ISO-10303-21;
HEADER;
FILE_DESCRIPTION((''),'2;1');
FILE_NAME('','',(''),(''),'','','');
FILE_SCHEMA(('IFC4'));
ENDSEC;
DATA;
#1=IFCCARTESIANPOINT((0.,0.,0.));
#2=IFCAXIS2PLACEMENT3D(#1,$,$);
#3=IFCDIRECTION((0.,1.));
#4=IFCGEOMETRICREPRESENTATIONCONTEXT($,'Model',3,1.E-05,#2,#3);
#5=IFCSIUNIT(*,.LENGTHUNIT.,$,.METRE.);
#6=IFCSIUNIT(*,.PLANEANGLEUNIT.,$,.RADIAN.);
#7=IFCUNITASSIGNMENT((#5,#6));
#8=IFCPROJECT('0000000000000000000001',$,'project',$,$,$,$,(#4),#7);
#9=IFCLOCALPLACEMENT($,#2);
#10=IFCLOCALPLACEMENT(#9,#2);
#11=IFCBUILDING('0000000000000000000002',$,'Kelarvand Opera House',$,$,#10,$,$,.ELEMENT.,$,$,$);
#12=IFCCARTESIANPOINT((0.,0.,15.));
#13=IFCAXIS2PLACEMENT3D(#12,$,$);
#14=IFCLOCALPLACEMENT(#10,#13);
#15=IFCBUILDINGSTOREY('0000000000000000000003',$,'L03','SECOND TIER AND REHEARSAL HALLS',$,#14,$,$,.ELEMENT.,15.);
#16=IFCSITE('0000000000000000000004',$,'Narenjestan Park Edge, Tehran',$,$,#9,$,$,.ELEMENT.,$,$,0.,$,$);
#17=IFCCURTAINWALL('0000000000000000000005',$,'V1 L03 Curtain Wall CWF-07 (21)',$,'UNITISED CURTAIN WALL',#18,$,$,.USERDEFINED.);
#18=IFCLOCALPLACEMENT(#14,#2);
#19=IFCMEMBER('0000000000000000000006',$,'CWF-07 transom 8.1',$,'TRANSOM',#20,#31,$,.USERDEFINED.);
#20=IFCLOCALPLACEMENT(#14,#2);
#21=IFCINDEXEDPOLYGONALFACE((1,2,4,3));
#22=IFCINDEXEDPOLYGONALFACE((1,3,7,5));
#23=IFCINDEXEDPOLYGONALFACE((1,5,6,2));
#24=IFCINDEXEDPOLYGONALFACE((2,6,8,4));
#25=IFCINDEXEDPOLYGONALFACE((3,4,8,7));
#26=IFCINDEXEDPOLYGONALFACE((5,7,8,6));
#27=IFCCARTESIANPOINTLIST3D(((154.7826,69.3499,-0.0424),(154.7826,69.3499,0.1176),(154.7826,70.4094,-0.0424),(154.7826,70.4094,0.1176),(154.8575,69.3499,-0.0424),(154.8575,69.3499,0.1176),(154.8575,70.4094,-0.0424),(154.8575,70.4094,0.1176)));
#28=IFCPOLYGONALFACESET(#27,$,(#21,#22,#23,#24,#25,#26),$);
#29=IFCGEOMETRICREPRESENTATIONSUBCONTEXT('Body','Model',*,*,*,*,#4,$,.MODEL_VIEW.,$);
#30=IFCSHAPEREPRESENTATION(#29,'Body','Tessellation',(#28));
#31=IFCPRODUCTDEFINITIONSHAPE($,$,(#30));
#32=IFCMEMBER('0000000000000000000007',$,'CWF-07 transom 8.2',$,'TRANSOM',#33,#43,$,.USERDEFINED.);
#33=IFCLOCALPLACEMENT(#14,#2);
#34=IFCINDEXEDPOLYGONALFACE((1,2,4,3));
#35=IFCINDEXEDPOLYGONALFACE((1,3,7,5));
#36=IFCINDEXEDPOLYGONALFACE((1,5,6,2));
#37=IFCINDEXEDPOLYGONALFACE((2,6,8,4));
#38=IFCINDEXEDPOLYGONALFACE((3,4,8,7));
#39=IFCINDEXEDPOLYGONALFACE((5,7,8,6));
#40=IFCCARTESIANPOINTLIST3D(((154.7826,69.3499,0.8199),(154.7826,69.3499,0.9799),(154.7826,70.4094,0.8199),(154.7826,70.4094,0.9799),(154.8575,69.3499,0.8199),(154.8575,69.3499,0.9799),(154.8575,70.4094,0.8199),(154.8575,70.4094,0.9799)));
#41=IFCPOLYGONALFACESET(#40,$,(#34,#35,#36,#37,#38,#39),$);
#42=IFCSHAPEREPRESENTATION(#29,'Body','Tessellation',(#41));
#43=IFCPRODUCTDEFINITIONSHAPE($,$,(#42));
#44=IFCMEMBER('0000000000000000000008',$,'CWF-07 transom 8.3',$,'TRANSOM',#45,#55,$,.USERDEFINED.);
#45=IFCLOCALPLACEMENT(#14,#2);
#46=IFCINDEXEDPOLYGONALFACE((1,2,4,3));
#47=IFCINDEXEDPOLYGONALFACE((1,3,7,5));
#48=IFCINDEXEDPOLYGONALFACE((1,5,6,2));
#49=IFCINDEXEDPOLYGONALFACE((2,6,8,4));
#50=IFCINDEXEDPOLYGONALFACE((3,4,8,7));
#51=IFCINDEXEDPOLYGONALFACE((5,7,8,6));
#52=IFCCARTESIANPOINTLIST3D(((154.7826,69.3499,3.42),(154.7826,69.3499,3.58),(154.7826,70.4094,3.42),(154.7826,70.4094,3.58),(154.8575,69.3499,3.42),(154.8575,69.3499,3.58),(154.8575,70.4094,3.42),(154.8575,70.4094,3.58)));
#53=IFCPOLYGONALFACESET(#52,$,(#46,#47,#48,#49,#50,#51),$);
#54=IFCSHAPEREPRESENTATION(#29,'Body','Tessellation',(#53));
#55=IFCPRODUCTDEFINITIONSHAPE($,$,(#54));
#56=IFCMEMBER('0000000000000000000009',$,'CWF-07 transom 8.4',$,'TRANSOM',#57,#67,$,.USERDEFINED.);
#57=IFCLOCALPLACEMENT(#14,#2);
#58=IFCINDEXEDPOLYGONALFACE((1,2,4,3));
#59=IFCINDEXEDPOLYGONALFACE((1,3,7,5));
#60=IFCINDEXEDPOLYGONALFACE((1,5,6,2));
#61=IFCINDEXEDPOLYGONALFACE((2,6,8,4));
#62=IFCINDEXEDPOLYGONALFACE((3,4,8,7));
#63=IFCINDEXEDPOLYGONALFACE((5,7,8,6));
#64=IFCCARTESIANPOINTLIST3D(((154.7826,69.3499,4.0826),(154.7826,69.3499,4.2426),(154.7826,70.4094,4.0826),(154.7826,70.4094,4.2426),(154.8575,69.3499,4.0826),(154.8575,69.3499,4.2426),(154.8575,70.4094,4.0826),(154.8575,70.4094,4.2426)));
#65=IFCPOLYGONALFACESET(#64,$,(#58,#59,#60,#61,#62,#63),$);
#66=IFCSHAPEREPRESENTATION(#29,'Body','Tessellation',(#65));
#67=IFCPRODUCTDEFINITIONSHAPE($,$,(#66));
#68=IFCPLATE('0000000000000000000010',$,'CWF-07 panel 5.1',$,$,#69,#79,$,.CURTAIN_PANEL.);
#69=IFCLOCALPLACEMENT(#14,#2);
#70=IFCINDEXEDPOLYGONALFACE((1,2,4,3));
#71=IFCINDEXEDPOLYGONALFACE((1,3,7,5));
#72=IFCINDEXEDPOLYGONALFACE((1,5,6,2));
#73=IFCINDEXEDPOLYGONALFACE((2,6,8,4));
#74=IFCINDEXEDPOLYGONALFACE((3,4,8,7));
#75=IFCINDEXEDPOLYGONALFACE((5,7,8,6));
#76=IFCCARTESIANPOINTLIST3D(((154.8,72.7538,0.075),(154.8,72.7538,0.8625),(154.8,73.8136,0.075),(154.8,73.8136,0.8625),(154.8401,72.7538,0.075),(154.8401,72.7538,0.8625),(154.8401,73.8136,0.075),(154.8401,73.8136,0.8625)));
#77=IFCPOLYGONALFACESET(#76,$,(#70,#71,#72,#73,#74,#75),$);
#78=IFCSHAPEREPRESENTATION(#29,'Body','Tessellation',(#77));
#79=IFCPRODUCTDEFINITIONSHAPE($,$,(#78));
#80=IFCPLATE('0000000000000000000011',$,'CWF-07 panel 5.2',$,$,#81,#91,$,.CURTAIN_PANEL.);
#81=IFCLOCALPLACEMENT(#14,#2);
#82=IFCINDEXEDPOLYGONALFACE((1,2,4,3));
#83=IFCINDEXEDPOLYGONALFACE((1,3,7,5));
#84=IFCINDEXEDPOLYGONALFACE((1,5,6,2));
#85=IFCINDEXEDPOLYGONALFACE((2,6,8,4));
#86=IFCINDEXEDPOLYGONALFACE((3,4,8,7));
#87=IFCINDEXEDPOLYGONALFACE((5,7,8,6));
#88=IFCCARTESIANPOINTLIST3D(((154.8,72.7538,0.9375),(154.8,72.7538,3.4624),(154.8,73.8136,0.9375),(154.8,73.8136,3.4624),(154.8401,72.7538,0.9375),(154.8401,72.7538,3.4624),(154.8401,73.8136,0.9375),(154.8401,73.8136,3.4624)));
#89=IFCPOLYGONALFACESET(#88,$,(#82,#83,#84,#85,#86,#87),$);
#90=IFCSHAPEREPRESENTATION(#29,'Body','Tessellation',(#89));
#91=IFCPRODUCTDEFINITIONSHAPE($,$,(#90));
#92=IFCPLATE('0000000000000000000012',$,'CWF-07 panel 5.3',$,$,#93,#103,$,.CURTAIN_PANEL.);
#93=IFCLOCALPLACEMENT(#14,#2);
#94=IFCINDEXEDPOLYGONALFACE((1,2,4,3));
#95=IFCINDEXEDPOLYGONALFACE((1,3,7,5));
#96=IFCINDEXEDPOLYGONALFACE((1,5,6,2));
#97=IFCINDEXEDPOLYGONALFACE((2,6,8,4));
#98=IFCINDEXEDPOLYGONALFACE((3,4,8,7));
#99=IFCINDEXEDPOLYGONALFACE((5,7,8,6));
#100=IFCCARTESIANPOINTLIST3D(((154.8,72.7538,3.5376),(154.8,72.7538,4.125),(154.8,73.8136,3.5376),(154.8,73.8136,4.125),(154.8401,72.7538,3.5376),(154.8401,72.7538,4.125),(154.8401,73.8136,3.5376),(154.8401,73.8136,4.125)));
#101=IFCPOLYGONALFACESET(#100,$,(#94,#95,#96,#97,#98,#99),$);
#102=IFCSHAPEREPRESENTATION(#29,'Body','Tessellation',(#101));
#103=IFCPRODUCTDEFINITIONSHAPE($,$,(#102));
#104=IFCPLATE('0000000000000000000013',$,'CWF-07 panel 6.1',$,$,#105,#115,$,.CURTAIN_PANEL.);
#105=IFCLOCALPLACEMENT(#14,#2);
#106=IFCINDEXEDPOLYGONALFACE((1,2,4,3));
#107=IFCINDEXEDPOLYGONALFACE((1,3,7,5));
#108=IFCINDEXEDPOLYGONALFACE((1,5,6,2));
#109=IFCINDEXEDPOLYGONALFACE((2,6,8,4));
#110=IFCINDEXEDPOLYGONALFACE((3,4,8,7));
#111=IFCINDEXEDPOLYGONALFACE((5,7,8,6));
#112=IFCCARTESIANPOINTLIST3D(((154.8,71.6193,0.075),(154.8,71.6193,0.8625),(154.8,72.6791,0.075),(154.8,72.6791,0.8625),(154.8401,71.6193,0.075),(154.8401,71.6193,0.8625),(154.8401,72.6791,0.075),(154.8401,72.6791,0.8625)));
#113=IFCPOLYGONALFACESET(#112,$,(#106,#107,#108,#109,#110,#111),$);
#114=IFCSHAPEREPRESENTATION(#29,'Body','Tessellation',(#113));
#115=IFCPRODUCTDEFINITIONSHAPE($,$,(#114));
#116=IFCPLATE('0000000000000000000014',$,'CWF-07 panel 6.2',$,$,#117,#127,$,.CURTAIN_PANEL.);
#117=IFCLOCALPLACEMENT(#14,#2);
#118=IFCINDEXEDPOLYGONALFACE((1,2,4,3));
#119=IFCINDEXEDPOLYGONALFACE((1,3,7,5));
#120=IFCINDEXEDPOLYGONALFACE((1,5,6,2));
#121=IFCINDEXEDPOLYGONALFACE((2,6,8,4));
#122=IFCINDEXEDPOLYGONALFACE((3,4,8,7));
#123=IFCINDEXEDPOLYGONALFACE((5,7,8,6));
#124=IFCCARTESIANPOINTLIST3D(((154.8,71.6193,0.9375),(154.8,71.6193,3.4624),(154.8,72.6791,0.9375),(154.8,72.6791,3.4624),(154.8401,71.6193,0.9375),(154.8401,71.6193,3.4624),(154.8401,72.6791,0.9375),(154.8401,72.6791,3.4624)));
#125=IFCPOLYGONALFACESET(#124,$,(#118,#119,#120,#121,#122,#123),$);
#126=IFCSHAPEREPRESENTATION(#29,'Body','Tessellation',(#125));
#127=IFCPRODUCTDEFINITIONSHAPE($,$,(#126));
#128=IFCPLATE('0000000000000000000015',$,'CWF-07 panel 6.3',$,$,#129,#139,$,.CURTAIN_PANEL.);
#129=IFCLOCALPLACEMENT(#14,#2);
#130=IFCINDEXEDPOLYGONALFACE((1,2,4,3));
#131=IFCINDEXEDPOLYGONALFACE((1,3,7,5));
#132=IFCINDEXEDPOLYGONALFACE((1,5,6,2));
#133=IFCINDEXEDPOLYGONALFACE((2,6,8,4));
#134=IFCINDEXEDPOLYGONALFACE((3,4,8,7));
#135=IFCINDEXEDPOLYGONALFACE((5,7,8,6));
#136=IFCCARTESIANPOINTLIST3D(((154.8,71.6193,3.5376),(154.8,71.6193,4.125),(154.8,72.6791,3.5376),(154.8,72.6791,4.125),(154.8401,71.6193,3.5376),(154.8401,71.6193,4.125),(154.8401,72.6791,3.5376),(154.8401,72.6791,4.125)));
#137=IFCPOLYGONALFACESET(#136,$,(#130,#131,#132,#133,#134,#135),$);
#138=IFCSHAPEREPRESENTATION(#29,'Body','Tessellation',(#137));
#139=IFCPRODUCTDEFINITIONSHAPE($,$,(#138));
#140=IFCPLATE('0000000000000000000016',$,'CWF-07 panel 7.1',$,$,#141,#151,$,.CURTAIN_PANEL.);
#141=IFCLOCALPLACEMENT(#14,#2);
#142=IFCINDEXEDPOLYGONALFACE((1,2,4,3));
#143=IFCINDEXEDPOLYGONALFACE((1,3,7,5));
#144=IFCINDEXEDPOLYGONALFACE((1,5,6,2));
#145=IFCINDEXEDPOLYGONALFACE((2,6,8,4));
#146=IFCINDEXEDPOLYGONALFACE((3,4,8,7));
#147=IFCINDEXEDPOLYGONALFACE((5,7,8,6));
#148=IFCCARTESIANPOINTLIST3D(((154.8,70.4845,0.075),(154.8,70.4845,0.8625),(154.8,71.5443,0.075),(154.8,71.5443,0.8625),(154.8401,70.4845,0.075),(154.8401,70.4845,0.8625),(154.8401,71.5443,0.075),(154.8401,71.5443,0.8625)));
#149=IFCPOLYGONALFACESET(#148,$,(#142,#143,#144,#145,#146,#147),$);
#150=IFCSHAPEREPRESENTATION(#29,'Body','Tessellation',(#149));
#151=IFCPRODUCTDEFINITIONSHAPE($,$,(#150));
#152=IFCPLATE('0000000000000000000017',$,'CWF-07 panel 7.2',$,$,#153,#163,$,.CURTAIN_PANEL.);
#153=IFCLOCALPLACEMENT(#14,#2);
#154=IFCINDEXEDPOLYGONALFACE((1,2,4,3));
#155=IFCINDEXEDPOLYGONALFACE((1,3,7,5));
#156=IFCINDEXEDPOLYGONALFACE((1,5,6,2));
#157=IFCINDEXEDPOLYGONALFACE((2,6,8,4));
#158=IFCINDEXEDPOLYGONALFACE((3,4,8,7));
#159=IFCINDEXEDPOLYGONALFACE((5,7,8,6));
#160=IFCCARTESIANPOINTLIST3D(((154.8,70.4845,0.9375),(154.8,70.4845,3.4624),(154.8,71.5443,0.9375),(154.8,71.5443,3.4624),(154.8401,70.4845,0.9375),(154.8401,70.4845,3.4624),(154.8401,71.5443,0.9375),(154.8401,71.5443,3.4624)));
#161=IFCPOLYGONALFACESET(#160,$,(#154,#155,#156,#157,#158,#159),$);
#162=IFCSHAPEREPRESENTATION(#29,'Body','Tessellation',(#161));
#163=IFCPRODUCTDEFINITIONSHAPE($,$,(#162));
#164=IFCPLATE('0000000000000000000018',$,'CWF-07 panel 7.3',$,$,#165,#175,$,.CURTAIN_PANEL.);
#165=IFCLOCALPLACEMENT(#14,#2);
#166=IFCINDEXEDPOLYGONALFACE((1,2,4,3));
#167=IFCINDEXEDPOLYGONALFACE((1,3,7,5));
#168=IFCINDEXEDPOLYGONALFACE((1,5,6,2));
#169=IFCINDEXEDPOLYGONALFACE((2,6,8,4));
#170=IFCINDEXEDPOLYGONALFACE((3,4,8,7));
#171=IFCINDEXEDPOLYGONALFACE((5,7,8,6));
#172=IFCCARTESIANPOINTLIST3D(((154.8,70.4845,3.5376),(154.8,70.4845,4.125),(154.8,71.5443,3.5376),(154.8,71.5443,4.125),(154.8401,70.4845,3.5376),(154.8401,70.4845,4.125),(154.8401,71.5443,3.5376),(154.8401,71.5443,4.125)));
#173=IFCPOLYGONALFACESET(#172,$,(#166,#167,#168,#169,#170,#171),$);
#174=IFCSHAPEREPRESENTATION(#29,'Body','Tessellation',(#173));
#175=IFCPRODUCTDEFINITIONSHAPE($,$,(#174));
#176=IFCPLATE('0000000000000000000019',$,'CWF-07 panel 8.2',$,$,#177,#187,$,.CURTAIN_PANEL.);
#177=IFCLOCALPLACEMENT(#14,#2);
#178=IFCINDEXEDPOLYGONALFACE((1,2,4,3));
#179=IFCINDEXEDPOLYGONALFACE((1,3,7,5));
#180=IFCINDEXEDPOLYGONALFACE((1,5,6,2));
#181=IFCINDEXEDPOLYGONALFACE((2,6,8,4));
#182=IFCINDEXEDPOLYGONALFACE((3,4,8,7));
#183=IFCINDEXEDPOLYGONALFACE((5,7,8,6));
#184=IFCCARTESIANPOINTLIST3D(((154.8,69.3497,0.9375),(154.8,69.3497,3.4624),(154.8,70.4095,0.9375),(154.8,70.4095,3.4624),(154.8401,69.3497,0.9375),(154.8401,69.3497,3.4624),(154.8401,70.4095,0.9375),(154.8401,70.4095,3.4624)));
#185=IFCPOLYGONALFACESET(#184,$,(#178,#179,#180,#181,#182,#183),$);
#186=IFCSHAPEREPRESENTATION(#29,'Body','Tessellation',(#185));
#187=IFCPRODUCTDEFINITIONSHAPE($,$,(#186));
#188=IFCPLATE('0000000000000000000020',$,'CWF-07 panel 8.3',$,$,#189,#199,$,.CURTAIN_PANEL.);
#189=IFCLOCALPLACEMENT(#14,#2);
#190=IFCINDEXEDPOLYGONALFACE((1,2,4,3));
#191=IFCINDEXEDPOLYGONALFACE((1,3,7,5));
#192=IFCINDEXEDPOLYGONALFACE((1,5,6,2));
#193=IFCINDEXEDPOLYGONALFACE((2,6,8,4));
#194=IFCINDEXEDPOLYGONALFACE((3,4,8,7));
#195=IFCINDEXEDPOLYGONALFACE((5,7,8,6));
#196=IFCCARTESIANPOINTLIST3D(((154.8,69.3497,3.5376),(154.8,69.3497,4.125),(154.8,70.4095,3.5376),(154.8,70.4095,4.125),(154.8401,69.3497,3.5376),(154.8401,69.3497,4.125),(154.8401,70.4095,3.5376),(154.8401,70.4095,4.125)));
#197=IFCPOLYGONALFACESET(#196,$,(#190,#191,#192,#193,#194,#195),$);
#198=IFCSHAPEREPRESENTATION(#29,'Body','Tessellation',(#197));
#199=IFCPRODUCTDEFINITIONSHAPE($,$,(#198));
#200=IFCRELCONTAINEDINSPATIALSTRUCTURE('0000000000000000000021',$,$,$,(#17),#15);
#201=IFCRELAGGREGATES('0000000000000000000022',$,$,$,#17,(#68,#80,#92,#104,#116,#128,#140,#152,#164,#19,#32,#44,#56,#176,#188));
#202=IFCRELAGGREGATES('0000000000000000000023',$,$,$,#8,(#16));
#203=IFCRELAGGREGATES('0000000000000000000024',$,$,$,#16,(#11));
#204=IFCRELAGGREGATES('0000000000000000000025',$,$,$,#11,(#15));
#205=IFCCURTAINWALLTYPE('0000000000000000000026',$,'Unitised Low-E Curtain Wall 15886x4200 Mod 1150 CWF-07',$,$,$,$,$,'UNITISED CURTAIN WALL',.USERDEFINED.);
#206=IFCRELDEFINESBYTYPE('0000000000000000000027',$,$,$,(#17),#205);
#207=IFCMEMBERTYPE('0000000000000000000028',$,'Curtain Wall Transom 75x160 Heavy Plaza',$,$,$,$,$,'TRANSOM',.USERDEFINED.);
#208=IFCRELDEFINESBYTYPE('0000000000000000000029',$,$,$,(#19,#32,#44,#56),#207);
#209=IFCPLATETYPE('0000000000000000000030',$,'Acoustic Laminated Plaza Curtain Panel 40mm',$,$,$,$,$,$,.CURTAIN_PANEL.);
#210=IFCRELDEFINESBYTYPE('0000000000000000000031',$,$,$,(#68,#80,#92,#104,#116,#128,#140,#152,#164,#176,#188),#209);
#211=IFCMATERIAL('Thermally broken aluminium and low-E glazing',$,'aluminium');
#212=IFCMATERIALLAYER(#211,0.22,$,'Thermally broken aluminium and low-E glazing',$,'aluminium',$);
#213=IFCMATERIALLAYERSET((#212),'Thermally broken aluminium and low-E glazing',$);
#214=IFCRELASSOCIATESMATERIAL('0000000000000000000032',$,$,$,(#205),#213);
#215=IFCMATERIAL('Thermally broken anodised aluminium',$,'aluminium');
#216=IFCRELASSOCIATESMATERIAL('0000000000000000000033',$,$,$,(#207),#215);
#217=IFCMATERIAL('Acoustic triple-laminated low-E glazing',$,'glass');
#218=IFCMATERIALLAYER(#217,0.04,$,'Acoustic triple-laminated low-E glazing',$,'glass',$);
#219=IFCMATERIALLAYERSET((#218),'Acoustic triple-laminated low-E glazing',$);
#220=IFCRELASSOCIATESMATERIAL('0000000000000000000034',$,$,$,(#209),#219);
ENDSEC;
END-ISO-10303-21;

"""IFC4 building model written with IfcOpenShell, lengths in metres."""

from ifc_helpers import new_model, si_unit, direction, frame, origin, origin_2d, place, context, subcontext, project, spatial, rectangle, extrude, material, layer, layer_set, material_profile, profile_set, type_object, element, aggregate, save


model = new_model("IFC4")

# Units and contexts
model_context = context("Model", 3, precision=1e-05, world=origin(), true_north=direction((0.0, 1.0)))
body_context = subcontext(model_context, "Body", "Model", "MODEL_VIEW")
ifc_project = project(units=[si_unit("LENGTHUNIT", "METRE"), si_unit("PLANEANGLEUNIT", "RADIAN")], contexts=[model_context])

# Site, building, storey
site_placement = place(None, origin())
site = spatial("IfcSite", under=ifc_project, at=site_placement, Name="Narenjestan Park Edge, Tehran", CompositionType="ELEMENT", RefElevation=0.0)
building_placement = place(site_placement, origin())
building = spatial("IfcBuilding", under=site, at=building_placement, Name="Kelarvand Opera House", CompositionType="ELEMENT")
storey_placement = place(building_placement, frame((0.0, 0.0, 15.0)))
storey = spatial("IfcBuildingStorey", under=building, at=storey_placement, Name="L03", Description="SECOND TIER AND REHEARSAL HALLS", CompositionType="ELEMENT", Elevation=15.0)

# Curtain wall, members, plates
ifc_material_1 = material(Name="Thermally broken aluminium and low-E glazing", Category="aluminium")
ifc_layer_1 = layer(ifc_material_1, 0.22, Name="Thermally broken aluminium and low-E glazing", Category="aluminium")
ifc_layer_set_1 = layer_set([ifc_layer_1], Name="Thermally broken aluminium and low-E glazing")
curtain_wall_type = type_object("IfcCurtainWallType", Name="Unitised Low-E Curtain Wall 15886x4200 Mod 1150 CWF-07", ElementType="UNITISED CURTAIN WALL", PredefinedType="USERDEFINED", material=ifc_layer_set_1)
curtain_wall_placement = place(storey_placement, origin())
curtain_wall = element("IfcCurtainWall", 1, at=curtain_wall_placement, inside=storey, type_object=curtain_wall_type, Name="V1 L03 Curtain Wall CWF-07 (21)", ObjectType="UNITISED CURTAIN WALL", PredefinedType="USERDEFINED")
ifc_material_2 = material(Name="Thermally broken anodised aluminium", Category="aluminium")
ifc_material_profile_1 = material_profile(ifc_material_2, rectangle(XDim=0.075, YDim=0.1599, at=origin_2d()), Name="ALU TRANSOM 75x160", Category="aluminium")
ifc_profile_set_1 = profile_set([ifc_material_profile_1], Name="Thermally broken anodised aluminium")
member_type_1 = type_object("IfcMemberType", Name="Curtain Wall Transom 75x160 Heavy Plaza", ElementType="TRANSOM", PredefinedType="USERDEFINED", material=ifc_profile_set_1)
member_1_placement = place(storey_placement, frame((154.8201, 70.4094, 0.0376), z_axis=(0.0, -1.0, 0.0), x_axis=(1.0, 0.0, 0.0)))
member_1 = element("IfcMember", 2, at=member_1_placement, type_object=member_type_1, Name="CWF-07 transom 8.1", ObjectType="TRANSOM", PredefinedType="USERDEFINED", context=body_context, shape_type="SweptSolid", body=[
    extrude(rectangle(XDim=0.075, YDim=0.1599, at=origin_2d()), origin(), (0.0, 0.0, 1.0), 1.0596),
])
member_2_placement = place(storey_placement, frame((154.8201, 70.4094, 0.8999), z_axis=(0.0, -1.0, 0.0), x_axis=(1.0, 0.0, 0.0)))
member_2 = element("IfcMember", 3, at=member_2_placement, type_object=member_type_1, Name="CWF-07 transom 8.2", ObjectType="TRANSOM", PredefinedType="USERDEFINED", context=body_context, shape_type="SweptSolid", body=[
    extrude(rectangle(XDim=0.075, YDim=0.1599, at=origin_2d()), origin(), (0.0, 0.0, 1.0), 1.0596),
])
member_3_placement = place(storey_placement, frame((154.8201, 70.4094, 3.5), z_axis=(0.0, -1.0, 0.0), x_axis=(1.0, 0.0, 0.0)))
member_3 = element("IfcMember", 4, at=member_3_placement, type_object=member_type_1, Name="CWF-07 transom 8.3", ObjectType="TRANSOM", PredefinedType="USERDEFINED", context=body_context, shape_type="SweptSolid", body=[
    extrude(rectangle(XDim=0.075, YDim=0.1599, at=origin_2d()), origin(), (0.0, 0.0, 1.0), 1.0596),
])
member_4_placement = place(storey_placement, frame((154.8201, 70.4094, 4.1626), z_axis=(0.0, -1.0, 0.0), x_axis=(1.0, 0.0, 0.0)))
member_4 = element("IfcMember", 5, at=member_4_placement, type_object=member_type_1, Name="CWF-07 transom 8.4", ObjectType="TRANSOM", PredefinedType="USERDEFINED", context=body_context, shape_type="SweptSolid", body=[
    extrude(rectangle(XDim=0.075, YDim=0.1599, at=origin_2d()), origin(), (0.0, 0.0, 1.0), 1.0596),
])
ifc_material_3 = material(Name="Acoustic triple-laminated low-E glazing", Category="glass")
ifc_layer_2 = layer(ifc_material_3, 0.04, Name="Acoustic triple-laminated low-E glazing", Category="glass")
ifc_layer_set_2 = layer_set([ifc_layer_2], Name="Acoustic triple-laminated low-E glazing")
plate_type = type_object("IfcPlateType", Name="Acoustic Laminated Plaza Curtain Panel 40mm", PredefinedType="CURTAIN_PANEL", material=ifc_layer_set_2)
plate_1_placement = place(storey_placement, frame((154.8201, 73.2837, 0.075), z_axis=(0.0, 0.0, 1.0), x_axis=(0.0, -1.0, 0.0)))
plate_1 = element("IfcPlate", 6, at=plate_1_placement, type_object=plate_type, Name="CWF-07 panel 5.1", PredefinedType="CURTAIN_PANEL", context=body_context, shape_type="SweptSolid", body=[
    extrude(rectangle(XDim=1.0598, YDim=0.04, at=origin_2d()), origin(), (0.0, 0.0, 1.0), 0.7876),
])
plate_2_placement = place(storey_placement, frame((154.8201, 73.2837, 0.9375), z_axis=(0.0, 0.0, 1.0), x_axis=(0.0, -1.0, 0.0)))
plate_2 = element("IfcPlate", 7, at=plate_2_placement, type_object=plate_type, Name="CWF-07 panel 5.2", PredefinedType="CURTAIN_PANEL", context=body_context, shape_type="SweptSolid", body=[
    extrude(rectangle(XDim=1.0598, YDim=0.04, at=origin_2d()), origin(), (0.0, 0.0, 1.0), 2.5249),
])
plate_3_placement = place(storey_placement, frame((154.8201, 73.2837, 3.5376), z_axis=(0.0, 0.0, 1.0), x_axis=(0.0, -1.0, 0.0)))
plate_3 = element("IfcPlate", 8, at=plate_3_placement, type_object=plate_type, Name="CWF-07 panel 5.3", PredefinedType="CURTAIN_PANEL", context=body_context, shape_type="SweptSolid", body=[
    extrude(rectangle(XDim=1.0598, YDim=0.04, at=origin_2d()), origin(), (0.0, 0.0, 1.0), 0.5874),
])
plate_4_placement = place(storey_placement, frame((154.8201, 72.1492, 0.075), z_axis=(0.0, 0.0, 1.0), x_axis=(0.0, -1.0, 0.0)))
plate_4 = element("IfcPlate", 9, at=plate_4_placement, type_object=plate_type, Name="CWF-07 panel 6.1", PredefinedType="CURTAIN_PANEL", context=body_context, shape_type="SweptSolid", body=[
    extrude(rectangle(XDim=1.0598, YDim=0.04, at=origin_2d()), origin(), (0.0, 0.0, 1.0), 0.7876),
])
plate_5_placement = place(storey_placement, frame((154.8201, 72.1492, 0.9375), z_axis=(0.0, 0.0, 1.0), x_axis=(0.0, -1.0, 0.0)))
plate_5 = element("IfcPlate", 10, at=plate_5_placement, type_object=plate_type, Name="CWF-07 panel 6.2", PredefinedType="CURTAIN_PANEL", context=body_context, shape_type="SweptSolid", body=[
    extrude(rectangle(XDim=1.0598, YDim=0.04, at=origin_2d()), origin(), (0.0, 0.0, 1.0), 2.5249),
])
plate_6_placement = place(storey_placement, frame((154.8201, 72.1492, 3.5376), z_axis=(0.0, 0.0, 1.0), x_axis=(0.0, -1.0, 0.0)))
plate_6 = element("IfcPlate", 11, at=plate_6_placement, type_object=plate_type, Name="CWF-07 panel 6.3", PredefinedType="CURTAIN_PANEL", context=body_context, shape_type="SweptSolid", body=[
    extrude(rectangle(XDim=1.0598, YDim=0.04, at=origin_2d()), origin(), (0.0, 0.0, 1.0), 0.5874),
])
plate_7_placement = place(storey_placement, frame((154.8201, 71.0144, 0.075), z_axis=(0.0, 0.0, 1.0), x_axis=(0.0, -1.0, 0.0)))
plate_7 = element("IfcPlate", 12, at=plate_7_placement, type_object=plate_type, Name="CWF-07 panel 7.1", PredefinedType="CURTAIN_PANEL", context=body_context, shape_type="SweptSolid", body=[
    extrude(rectangle(XDim=1.0598, YDim=0.04, at=origin_2d()), origin(), (0.0, 0.0, 1.0), 0.7876),
])
plate_8_placement = place(storey_placement, frame((154.8201, 71.0144, 0.9375), z_axis=(0.0, 0.0, 1.0), x_axis=(0.0, -1.0, 0.0)))
plate_8 = element("IfcPlate", 13, at=plate_8_placement, type_object=plate_type, Name="CWF-07 panel 7.2", PredefinedType="CURTAIN_PANEL", context=body_context, shape_type="SweptSolid", body=[
    extrude(rectangle(XDim=1.0598, YDim=0.04, at=origin_2d()), origin(), (0.0, 0.0, 1.0), 2.5249),
])
plate_9_placement = place(storey_placement, frame((154.8201, 71.0144, 3.5376), z_axis=(0.0, 0.0, 1.0), x_axis=(0.0, -1.0, 0.0)))
plate_9 = element("IfcPlate", 14, at=plate_9_placement, type_object=plate_type, Name="CWF-07 panel 7.3", PredefinedType="CURTAIN_PANEL", context=body_context, shape_type="SweptSolid", body=[
    extrude(rectangle(XDim=1.0598, YDim=0.04, at=origin_2d()), origin(), (0.0, 0.0, 1.0), 0.5874),
])
plate_10_placement = place(storey_placement, frame((154.8201, 69.8796, 0.9375), z_axis=(0.0, 0.0, 1.0), x_axis=(0.0, -1.0, 0.0)))
plate_10 = element("IfcPlate", 15, at=plate_10_placement, type_object=plate_type, Name="CWF-07 panel 8.2", PredefinedType="CURTAIN_PANEL", context=body_context, shape_type="SweptSolid", body=[
    extrude(rectangle(XDim=1.0598, YDim=0.04, at=origin_2d()), origin(), (0.0, 0.0, 1.0), 2.5249),
])
plate_11_placement = place(storey_placement, frame((154.8201, 69.8796, 3.5376), z_axis=(0.0, 0.0, 1.0), x_axis=(0.0, -1.0, 0.0)))
plate_11 = element("IfcPlate", 16, at=plate_11_placement, type_object=plate_type, Name="CWF-07 panel 8.3", PredefinedType="CURTAIN_PANEL", context=body_context, shape_type="SweptSolid", body=[
    extrude(rectangle(XDim=1.0598, YDim=0.04, at=origin_2d()), origin(), (0.0, 0.0, 1.0), 0.5874),
])
aggregate(curtain_wall, [plate_1, plate_2, plate_3, plate_4, plate_5, plate_6, plate_7, plate_8, plate_9, member_1, member_2, member_3, member_4, plate_10, plate_11])

save(model, "model.ifc")
